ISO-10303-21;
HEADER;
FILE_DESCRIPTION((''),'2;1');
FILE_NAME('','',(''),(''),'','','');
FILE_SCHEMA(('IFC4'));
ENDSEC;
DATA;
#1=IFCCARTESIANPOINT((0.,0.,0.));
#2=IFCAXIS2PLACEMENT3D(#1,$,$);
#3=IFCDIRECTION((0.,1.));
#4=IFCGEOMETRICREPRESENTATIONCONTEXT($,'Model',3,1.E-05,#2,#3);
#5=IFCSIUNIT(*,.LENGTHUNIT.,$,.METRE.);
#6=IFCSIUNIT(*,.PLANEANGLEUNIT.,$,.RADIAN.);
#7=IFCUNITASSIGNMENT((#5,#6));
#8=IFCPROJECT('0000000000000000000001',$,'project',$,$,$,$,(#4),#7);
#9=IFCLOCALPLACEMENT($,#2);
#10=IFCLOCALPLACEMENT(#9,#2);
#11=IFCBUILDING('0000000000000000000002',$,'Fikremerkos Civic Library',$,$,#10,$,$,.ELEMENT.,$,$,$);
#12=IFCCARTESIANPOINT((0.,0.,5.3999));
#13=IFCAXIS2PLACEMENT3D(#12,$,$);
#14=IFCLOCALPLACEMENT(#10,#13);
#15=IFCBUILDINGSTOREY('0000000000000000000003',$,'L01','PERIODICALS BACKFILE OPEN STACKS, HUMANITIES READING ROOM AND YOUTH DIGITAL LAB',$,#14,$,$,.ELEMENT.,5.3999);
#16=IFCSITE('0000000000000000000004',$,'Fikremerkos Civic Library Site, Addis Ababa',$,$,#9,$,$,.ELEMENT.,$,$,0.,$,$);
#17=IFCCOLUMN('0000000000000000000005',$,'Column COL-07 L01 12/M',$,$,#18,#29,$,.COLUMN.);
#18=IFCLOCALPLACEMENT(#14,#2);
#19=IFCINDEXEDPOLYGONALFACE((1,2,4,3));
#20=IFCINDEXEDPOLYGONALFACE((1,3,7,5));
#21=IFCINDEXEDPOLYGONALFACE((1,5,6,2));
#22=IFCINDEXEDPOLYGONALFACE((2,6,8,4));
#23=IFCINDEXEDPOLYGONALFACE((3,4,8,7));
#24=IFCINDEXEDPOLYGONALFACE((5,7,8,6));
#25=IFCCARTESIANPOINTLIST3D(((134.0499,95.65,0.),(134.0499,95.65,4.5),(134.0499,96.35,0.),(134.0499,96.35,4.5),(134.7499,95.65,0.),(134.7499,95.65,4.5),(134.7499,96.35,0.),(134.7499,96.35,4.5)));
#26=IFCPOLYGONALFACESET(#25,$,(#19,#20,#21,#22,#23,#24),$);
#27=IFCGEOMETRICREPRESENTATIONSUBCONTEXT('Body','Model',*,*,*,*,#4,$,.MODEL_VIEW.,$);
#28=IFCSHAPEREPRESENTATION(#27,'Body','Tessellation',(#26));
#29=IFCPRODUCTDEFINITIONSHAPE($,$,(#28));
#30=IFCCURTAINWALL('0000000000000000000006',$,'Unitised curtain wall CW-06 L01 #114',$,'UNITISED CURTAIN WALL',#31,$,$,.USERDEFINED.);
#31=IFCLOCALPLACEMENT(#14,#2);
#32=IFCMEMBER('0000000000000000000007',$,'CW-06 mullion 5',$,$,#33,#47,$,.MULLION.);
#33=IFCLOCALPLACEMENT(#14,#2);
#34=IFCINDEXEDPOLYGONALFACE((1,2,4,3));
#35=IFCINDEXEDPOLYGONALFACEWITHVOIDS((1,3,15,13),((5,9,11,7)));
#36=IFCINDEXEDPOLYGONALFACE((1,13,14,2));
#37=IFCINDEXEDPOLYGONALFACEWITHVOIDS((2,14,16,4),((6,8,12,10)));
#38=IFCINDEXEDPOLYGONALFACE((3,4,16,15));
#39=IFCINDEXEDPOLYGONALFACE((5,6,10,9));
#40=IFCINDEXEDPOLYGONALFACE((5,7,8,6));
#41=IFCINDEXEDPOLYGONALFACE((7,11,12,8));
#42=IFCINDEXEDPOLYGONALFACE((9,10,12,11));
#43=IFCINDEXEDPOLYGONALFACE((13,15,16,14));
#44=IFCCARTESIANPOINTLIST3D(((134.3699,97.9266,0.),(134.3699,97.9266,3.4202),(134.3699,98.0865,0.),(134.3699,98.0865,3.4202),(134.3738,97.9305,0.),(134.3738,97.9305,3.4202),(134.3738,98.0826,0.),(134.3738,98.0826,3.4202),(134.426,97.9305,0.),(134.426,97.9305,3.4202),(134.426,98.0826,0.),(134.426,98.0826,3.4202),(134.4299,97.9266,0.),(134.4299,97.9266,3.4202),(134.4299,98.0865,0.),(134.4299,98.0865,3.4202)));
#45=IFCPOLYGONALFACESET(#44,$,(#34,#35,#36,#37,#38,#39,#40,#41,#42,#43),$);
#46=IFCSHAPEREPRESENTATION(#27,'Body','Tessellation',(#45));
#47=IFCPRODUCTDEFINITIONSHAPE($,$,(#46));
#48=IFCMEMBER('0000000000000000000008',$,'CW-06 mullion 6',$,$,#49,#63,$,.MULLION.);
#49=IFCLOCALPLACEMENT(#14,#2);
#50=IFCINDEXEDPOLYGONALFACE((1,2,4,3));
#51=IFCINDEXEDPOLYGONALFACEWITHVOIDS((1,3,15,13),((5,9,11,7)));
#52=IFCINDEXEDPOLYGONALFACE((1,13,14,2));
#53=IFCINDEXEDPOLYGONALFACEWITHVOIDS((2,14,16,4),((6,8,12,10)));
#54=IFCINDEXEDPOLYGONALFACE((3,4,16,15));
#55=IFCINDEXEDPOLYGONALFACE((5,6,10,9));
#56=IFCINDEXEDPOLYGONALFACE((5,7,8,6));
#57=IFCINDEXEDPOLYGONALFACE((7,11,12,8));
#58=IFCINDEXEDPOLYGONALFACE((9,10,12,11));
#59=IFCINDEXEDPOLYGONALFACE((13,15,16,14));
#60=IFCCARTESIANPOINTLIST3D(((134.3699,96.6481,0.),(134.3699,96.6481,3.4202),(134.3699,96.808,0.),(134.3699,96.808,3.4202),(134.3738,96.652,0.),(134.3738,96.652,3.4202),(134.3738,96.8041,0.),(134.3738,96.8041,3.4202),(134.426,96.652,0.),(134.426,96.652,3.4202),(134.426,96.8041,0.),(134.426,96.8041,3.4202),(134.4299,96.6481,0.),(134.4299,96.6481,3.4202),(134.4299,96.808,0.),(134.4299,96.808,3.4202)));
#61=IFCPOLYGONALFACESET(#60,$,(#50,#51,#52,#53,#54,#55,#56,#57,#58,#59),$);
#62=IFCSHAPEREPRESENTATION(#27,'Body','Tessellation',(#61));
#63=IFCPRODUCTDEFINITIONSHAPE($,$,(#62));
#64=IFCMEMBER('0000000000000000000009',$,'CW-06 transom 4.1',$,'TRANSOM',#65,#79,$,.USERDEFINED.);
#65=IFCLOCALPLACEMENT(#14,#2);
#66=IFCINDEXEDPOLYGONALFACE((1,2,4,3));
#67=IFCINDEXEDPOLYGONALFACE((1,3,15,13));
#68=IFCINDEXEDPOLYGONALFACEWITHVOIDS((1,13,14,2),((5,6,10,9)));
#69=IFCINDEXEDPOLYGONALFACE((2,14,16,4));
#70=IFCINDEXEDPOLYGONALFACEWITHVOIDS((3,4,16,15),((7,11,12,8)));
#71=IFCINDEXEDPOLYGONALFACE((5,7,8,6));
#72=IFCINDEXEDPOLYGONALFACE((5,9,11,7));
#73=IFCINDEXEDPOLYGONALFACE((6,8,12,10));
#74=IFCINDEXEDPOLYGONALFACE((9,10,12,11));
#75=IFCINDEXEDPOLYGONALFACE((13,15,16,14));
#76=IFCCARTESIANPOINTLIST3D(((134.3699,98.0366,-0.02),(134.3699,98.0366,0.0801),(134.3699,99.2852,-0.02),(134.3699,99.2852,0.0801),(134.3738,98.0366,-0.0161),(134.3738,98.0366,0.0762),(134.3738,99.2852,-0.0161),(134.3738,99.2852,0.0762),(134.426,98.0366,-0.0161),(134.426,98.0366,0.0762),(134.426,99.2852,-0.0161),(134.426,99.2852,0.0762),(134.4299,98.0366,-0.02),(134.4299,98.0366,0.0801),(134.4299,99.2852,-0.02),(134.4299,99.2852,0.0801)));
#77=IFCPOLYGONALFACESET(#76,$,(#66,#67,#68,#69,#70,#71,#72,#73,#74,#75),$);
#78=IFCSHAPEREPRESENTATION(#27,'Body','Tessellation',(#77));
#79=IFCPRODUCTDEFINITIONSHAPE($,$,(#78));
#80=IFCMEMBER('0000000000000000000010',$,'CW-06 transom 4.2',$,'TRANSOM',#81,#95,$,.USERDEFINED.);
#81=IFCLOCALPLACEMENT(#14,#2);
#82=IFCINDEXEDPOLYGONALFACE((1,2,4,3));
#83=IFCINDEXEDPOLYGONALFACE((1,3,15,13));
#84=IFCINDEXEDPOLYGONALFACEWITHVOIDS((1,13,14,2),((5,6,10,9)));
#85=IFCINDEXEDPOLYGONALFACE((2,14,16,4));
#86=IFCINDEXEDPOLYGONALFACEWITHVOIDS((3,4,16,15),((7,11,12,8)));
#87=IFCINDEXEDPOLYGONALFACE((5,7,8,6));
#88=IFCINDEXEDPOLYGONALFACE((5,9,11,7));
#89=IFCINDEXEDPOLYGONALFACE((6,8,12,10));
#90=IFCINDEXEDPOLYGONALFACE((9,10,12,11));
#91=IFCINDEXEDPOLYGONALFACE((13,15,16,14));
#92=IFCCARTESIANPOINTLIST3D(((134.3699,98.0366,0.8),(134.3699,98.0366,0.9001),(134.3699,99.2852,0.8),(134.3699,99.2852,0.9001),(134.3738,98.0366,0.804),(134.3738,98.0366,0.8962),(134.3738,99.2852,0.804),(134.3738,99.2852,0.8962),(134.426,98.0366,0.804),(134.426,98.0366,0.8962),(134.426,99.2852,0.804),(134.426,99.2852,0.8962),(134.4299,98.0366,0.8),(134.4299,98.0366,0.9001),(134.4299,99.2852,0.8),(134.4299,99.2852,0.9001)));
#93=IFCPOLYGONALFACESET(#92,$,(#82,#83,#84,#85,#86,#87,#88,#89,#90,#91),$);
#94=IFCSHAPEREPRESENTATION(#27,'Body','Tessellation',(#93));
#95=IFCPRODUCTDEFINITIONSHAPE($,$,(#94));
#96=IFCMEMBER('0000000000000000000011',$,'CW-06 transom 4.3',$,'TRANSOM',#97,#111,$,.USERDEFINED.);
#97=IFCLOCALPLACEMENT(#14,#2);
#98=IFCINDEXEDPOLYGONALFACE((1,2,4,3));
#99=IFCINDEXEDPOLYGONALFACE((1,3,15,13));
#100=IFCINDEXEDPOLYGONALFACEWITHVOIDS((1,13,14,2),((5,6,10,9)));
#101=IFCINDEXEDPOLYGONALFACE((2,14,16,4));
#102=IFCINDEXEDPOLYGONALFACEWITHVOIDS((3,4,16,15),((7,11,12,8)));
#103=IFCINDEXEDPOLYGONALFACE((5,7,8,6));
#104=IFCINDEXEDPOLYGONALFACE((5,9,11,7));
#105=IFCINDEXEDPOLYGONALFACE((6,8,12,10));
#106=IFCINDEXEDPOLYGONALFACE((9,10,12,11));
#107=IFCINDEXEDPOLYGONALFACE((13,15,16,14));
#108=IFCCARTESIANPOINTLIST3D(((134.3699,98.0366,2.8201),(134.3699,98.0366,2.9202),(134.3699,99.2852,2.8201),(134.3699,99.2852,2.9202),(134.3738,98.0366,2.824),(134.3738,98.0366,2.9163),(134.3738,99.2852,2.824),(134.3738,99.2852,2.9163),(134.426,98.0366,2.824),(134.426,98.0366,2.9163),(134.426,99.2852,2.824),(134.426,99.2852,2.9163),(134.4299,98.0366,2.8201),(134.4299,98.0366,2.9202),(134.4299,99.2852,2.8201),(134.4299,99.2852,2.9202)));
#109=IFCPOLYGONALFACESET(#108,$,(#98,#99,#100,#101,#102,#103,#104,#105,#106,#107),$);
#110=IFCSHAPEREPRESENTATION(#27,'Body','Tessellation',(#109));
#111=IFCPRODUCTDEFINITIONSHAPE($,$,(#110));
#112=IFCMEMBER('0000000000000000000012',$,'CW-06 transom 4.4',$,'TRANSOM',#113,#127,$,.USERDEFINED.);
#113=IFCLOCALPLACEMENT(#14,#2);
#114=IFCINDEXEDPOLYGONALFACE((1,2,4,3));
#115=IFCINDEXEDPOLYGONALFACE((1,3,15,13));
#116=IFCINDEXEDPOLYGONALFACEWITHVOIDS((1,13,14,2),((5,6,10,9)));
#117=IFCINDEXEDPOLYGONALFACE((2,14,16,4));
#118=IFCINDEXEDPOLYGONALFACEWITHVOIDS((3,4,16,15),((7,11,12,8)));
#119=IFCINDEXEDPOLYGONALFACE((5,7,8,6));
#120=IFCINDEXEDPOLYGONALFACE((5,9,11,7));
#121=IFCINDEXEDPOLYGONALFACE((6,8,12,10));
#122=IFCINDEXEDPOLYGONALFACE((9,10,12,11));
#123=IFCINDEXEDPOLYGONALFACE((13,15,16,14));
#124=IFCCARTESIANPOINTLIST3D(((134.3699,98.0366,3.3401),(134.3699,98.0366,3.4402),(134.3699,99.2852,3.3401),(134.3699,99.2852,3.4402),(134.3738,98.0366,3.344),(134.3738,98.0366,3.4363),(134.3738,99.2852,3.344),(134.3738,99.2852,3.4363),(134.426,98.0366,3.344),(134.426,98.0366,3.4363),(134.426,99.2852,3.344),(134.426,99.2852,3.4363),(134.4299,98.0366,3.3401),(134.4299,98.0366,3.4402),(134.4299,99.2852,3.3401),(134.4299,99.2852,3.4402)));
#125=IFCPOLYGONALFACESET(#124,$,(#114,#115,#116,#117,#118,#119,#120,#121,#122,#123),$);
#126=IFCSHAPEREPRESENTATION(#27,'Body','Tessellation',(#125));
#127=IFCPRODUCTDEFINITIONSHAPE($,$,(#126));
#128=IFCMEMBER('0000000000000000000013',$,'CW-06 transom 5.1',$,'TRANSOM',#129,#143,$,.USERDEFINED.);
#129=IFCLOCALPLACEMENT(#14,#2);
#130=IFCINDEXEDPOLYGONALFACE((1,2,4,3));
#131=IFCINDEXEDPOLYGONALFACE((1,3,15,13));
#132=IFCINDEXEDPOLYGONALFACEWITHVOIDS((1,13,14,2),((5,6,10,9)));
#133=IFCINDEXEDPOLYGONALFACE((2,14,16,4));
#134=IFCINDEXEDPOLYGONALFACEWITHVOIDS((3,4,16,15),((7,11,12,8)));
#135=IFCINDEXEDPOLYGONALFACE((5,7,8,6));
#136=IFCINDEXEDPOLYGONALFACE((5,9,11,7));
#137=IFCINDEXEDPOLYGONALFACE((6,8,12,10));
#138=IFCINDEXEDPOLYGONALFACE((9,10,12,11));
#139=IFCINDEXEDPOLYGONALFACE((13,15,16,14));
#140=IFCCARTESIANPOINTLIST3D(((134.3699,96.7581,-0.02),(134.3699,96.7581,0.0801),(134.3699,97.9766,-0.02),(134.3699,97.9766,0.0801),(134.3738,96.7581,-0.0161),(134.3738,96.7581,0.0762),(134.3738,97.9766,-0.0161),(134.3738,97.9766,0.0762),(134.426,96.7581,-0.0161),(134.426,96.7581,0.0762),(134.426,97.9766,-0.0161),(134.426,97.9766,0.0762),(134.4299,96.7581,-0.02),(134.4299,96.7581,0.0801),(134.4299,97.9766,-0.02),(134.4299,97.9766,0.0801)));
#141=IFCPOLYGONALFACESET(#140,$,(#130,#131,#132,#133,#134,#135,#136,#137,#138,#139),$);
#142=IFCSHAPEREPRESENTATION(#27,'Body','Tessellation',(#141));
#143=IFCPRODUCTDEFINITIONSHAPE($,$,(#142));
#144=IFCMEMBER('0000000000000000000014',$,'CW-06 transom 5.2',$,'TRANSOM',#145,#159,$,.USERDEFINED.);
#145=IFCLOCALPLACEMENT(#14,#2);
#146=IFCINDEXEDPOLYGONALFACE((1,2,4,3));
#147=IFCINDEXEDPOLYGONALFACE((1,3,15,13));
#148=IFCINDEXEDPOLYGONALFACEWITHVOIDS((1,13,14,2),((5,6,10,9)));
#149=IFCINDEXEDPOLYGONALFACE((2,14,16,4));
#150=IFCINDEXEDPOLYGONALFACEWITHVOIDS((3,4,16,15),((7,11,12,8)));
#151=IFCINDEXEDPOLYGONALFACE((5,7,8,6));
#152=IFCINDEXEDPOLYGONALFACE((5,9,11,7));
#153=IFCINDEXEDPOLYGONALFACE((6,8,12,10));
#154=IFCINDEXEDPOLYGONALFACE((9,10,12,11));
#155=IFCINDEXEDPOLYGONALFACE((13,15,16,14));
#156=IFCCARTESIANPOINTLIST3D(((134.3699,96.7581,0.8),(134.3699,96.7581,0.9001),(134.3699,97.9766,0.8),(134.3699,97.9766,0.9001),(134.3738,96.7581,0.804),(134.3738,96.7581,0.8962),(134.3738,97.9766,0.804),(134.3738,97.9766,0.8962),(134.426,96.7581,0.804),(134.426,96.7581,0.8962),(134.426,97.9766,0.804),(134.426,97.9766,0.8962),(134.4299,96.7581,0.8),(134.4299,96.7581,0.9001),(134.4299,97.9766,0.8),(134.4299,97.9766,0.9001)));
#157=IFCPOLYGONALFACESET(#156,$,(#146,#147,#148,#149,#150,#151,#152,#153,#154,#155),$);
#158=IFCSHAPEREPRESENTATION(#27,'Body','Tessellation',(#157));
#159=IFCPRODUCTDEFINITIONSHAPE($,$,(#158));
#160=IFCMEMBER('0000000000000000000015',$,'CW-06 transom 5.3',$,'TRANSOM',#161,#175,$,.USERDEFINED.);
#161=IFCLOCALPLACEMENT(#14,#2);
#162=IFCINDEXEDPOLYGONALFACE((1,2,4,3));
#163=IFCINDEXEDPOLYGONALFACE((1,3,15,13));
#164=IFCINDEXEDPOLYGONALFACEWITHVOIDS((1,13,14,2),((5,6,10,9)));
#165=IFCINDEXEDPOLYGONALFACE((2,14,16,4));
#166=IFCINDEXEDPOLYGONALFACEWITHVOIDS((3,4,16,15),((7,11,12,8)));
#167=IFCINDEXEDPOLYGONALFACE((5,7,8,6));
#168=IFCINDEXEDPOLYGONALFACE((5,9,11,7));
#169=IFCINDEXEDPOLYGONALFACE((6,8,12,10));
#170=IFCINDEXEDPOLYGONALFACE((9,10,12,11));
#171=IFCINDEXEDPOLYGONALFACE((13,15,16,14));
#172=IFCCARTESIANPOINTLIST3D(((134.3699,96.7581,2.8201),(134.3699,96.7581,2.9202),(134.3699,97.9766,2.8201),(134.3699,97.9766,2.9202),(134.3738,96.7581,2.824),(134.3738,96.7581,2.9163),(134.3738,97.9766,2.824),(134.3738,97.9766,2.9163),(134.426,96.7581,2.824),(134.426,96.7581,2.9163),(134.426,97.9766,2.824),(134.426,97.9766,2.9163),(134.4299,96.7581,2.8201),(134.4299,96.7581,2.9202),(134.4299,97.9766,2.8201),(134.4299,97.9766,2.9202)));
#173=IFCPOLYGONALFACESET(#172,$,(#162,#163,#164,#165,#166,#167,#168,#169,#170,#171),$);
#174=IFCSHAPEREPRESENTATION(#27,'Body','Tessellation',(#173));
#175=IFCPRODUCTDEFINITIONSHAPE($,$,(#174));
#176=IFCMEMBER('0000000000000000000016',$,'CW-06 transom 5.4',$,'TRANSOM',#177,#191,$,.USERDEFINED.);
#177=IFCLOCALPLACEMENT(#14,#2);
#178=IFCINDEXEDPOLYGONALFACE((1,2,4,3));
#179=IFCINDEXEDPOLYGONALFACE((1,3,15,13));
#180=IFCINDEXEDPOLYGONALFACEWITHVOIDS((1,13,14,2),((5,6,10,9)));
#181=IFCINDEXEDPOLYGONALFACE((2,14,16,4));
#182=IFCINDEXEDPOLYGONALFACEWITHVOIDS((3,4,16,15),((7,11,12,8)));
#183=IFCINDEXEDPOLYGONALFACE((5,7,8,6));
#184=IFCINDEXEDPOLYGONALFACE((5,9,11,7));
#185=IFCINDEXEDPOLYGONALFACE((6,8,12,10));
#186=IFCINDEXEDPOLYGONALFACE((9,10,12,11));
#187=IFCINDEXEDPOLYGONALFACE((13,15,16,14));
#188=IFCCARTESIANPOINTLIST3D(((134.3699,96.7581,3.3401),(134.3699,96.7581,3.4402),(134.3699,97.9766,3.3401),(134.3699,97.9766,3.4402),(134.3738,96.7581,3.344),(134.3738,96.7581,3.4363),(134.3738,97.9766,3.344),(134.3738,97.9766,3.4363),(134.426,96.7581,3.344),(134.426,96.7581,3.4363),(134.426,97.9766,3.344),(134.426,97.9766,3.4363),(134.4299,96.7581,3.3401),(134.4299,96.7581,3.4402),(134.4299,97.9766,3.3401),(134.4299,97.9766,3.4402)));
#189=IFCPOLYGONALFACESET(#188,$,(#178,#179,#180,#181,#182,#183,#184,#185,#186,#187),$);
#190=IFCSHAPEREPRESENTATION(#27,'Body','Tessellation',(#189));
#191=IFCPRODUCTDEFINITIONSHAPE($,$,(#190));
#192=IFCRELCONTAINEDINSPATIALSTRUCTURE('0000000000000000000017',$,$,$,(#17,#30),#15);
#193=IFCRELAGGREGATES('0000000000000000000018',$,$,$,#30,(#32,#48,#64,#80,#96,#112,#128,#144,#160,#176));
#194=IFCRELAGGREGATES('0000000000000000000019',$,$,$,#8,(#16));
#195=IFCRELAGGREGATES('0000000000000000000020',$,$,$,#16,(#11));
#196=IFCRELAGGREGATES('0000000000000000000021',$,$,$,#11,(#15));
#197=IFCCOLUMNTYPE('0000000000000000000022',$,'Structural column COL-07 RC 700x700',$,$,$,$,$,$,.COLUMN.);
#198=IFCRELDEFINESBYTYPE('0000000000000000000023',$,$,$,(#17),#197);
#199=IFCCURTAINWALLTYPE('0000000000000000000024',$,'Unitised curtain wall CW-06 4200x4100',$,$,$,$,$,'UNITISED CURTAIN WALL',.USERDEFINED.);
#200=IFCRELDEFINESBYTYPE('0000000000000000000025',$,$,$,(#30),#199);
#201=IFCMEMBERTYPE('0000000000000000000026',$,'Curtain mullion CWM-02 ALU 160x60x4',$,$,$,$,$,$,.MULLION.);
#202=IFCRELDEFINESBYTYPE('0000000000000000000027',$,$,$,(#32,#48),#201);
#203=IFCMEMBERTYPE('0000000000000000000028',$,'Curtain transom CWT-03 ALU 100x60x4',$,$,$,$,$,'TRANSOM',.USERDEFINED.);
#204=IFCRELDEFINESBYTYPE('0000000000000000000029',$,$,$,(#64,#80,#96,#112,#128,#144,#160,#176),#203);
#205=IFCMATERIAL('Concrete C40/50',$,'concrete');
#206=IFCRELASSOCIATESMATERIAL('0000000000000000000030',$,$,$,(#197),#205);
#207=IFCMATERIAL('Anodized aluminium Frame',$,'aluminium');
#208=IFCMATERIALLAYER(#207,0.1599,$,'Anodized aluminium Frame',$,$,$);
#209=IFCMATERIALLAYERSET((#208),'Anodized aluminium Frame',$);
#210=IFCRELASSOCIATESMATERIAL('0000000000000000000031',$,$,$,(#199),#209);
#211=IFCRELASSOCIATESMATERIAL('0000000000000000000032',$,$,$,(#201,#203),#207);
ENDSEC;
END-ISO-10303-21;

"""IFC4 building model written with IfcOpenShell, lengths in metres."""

from ifc_helpers import new_model, si_unit, direction, frame, origin, origin_2d, place, context, subcontext, project, spatial, rectangle, hollow_rectangle, extrude, material, layer, layer_set, material_profile, profile_set, type_object, element, aggregate, save


model = new_model("IFC4")

# Units and contexts
model_context = context("Model", 3, precision=1e-05, world=origin(), true_north=direction((0.0, 1.0)))
body_context = subcontext(model_context, "Body", "Model", "MODEL_VIEW")
ifc_project = project(units=[si_unit("LENGTHUNIT", "METRE"), si_unit("PLANEANGLEUNIT", "RADIAN")], contexts=[model_context])

# Site, building, storey
site_placement = place(None, origin())
site = spatial("IfcSite", under=ifc_project, at=site_placement, Name="Fikremerkos Civic Library Site, Addis Ababa", CompositionType="ELEMENT", RefElevation=0.0)
building_placement = place(site_placement, origin())
building = spatial("IfcBuilding", under=site, at=building_placement, Name="Fikremerkos Civic Library", CompositionType="ELEMENT")
storey_placement = place(building_placement, frame((0.0, 0.0, 5.3999)))
storey = spatial("IfcBuildingStorey", under=building, at=storey_placement, Name="L01", Description="PERIODICALS BACKFILE OPEN STACKS, HUMANITIES READING ROOM AND YOUTH DIGITAL LAB", CompositionType="ELEMENT", Elevation=5.3999)

# Column
ifc_material_1 = material(Name="Concrete C40/50", Category="concrete")
ifc_material_profile_1 = material_profile(ifc_material_1, rectangle(XDim=0.7, YDim=0.7, at=origin_2d()), Name="RC 700x700")
ifc_profile_set_1 = profile_set([ifc_material_profile_1], Name="Concrete C40/50")
column_type = type_object("IfcColumnType", Name="Structural column COL-07 RC 700x700", PredefinedType="COLUMN", material=ifc_profile_set_1)
column_placement = place(storey_placement, frame((134.3999, 96.0, 0.0), z_axis=(0.0, 0.0, 1.0), x_axis=(1.0, 0.0, 0.0)))
element("IfcColumn", 1, at=column_placement, inside=storey, type_object=column_type, Name="Column COL-07 L01 12/M", PredefinedType="COLUMN", context=body_context, shape_type="SweptSolid", body=[
    extrude(rectangle(XDim=0.7, YDim=0.7, at=origin_2d()), origin(), (0.0, 0.0, 1.0), 4.5),
])

# Curtain wall, members
ifc_material_2 = material(Name="Anodized aluminium Frame", Category="aluminium")
ifc_layer_1 = layer(ifc_material_2, 0.1599, Name="Anodized aluminium Frame")
ifc_layer_set_1 = layer_set([ifc_layer_1], Name="Anodized aluminium Frame")
curtain_wall_type = type_object("IfcCurtainWallType", Name="Unitised curtain wall CW-06 4200x4100", ElementType="UNITISED CURTAIN WALL", PredefinedType="USERDEFINED", material=ifc_layer_set_1)
curtain_wall_placement = place(storey_placement, origin())
curtain_wall = element("IfcCurtainWall", 2, at=curtain_wall_placement, inside=storey, type_object=curtain_wall_type, Name="Unitised curtain wall CW-06 L01 #114", ObjectType="UNITISED CURTAIN WALL", PredefinedType="USERDEFINED")
ifc_material_profile_2 = material_profile(ifc_material_2, hollow_rectangle(XDim=0.0601, YDim=0.1599, WallThickness=0.0039, at=origin_2d()), Name="ALU 160x60x4")
ifc_profile_set_2 = profile_set([ifc_material_profile_2], Name="Anodized aluminium Frame")
member_type_1 = type_object("IfcMemberType", Name="Curtain mullion CWM-02 ALU 160x60x4", PredefinedType="MULLION", material=ifc_profile_set_2)
member_1_placement = place(storey_placement, frame((134.3999, 98.0066, 0.0), z_axis=(0.0, 0.0, 1.0), x_axis=(1.0, 0.0, 0.0)))
member_1 = element("IfcMember", 3, at=member_1_placement, type_object=member_type_1, Name="CW-06 mullion 5", PredefinedType="MULLION", context=body_context, shape_type="SweptSolid", body=[
    extrude(hollow_rectangle(XDim=0.0601, YDim=0.1599, WallThickness=0.0039, at=origin_2d()), origin(), (0.0, 0.0, 1.0), 3.4202),
])
member_2_placement = place(storey_placement, frame((134.3999, 96.728, 0.0), z_axis=(0.0, 0.0, 1.0), x_axis=(1.0, 0.0, 0.0)))
member_2 = element("IfcMember", 4, at=member_2_placement, type_object=member_type_1, Name="CW-06 mullion 6", PredefinedType="MULLION", context=body_context, shape_type="SweptSolid", body=[
    extrude(hollow_rectangle(XDim=0.0601, YDim=0.1599, WallThickness=0.0039, at=origin_2d()), origin(), (0.0, 0.0, 1.0), 3.4202),
])
ifc_material_profile_3 = material_profile(ifc_material_2, hollow_rectangle(XDim=0.0601, YDim=0.1001, WallThickness=0.0039, at=origin_2d()), Name="ALU 100x60x4")
ifc_profile_set_3 = profile_set([ifc_material_profile_3], Name="Anodized aluminium Frame")
member_type_2 = type_object("IfcMemberType", Name="Curtain transom CWT-03 ALU 100x60x4", ElementType="TRANSOM", PredefinedType="USERDEFINED", material=ifc_profile_set_3)
member_3_placement = place(storey_placement, frame((134.3999, 99.2852, 0.03), z_axis=(0.0, -1.0, 0.0), x_axis=(1.0, 0.0, 0.0)))
member_3 = element("IfcMember", 5, at=member_3_placement, type_object=member_type_2, Name="CW-06 transom 4.1", ObjectType="TRANSOM", PredefinedType="USERDEFINED", context=body_context, shape_type="SweptSolid", body=[
    extrude(hollow_rectangle(XDim=0.0601, YDim=0.1001, WallThickness=0.0039, at=origin_2d()), origin(), (0.0, 0.0, 1.0), 1.2485),
])
member_4_placement = place(storey_placement, frame((134.3999, 99.2852, 0.8501), z_axis=(0.0, -1.0, 0.0), x_axis=(1.0, 0.0, 0.0)))
member_4 = element("IfcMember", 6, at=member_4_placement, type_object=member_type_2, Name="CW-06 transom 4.2", ObjectType="TRANSOM", PredefinedType="USERDEFINED", context=body_context, shape_type="SweptSolid", body=[
    extrude(hollow_rectangle(XDim=0.0601, YDim=0.1001, WallThickness=0.0039, at=origin_2d()), origin(), (0.0, 0.0, 1.0), 1.2485),
])
member_5_placement = place(storey_placement, frame((134.3999, 99.2852, 2.8701), z_axis=(0.0, -1.0, 0.0), x_axis=(1.0, 0.0, 0.0)))
member_5 = element("IfcMember", 7, at=member_5_placement, type_object=member_type_2, Name="CW-06 transom 4.3", ObjectType="TRANSOM", PredefinedType="USERDEFINED", context=body_context, shape_type="SweptSolid", body=[
    extrude(hollow_rectangle(XDim=0.0601, YDim=0.1001, WallThickness=0.0039, at=origin_2d()), origin(), (0.0, 0.0, 1.0), 1.2485),
])
member_6_placement = place(storey_placement, frame((134.3999, 99.2852, 3.3901), z_axis=(0.0, -1.0, 0.0), x_axis=(1.0, 0.0, 0.0)))
member_6 = element("IfcMember", 8, at=member_6_placement, type_object=member_type_2, Name="CW-06 transom 4.4", ObjectType="TRANSOM", PredefinedType="USERDEFINED", context=body_context, shape_type="SweptSolid", body=[
    extrude(hollow_rectangle(XDim=0.0601, YDim=0.1001, WallThickness=0.0039, at=origin_2d()), origin(), (0.0, 0.0, 1.0), 1.2485),
])
member_7_placement = place(storey_placement, frame((134.3999, 97.9766, 0.03), z_axis=(0.0, -1.0, 0.0), x_axis=(1.0, 0.0, 0.0)))
member_7 = element("IfcMember", 9, at=member_7_placement, type_object=member_type_2, Name="CW-06 transom 5.1", ObjectType="TRANSOM", PredefinedType="USERDEFINED", context=body_context, shape_type="SweptSolid", body=[
    extrude(hollow_rectangle(XDim=0.0601, YDim=0.1001, WallThickness=0.0039, at=origin_2d()), origin(), (0.0, 0.0, 1.0), 1.2185),
])
member_8_placement = place(storey_placement, frame((134.3999, 97.9766, 0.8501), z_axis=(0.0, -1.0, 0.0), x_axis=(1.0, 0.0, 0.0)))
member_8 = element("IfcMember", 10, at=member_8_placement, type_object=member_type_2, Name="CW-06 transom 5.2", ObjectType="TRANSOM", PredefinedType="USERDEFINED", context=body_context, shape_type="SweptSolid", body=[
    extrude(hollow_rectangle(XDim=0.0601, YDim=0.1001, WallThickness=0.0039, at=origin_2d()), origin(), (0.0, 0.0, 1.0), 1.2185),
])
member_9_placement = place(storey_placement, frame((134.3999, 97.9766, 2.8701), z_axis=(0.0, -1.0, 0.0), x_axis=(1.0, 0.0, 0.0)))
member_9 = element("IfcMember", 11, at=member_9_placement, type_object=member_type_2, Name="CW-06 transom 5.3", ObjectType="TRANSOM", PredefinedType="USERDEFINED", context=body_context, shape_type="SweptSolid", body=[
    extrude(hollow_rectangle(XDim=0.0601, YDim=0.1001, WallThickness=0.0039, at=origin_2d()), origin(), (0.0, 0.0, 1.0), 1.2185),
])
member_10_placement = place(storey_placement, frame((134.3999, 97.9766, 3.3901), z_axis=(0.0, -1.0, 0.0), x_axis=(1.0, 0.0, 0.0)))
member_10 = element("IfcMember", 12, at=member_10_placement, type_object=member_type_2, Name="CW-06 transom 5.4", ObjectType="TRANSOM", PredefinedType="USERDEFINED", context=body_context, shape_type="SweptSolid", body=[
    extrude(hollow_rectangle(XDim=0.0601, YDim=0.1001, WallThickness=0.0039, at=origin_2d()), origin(), (0.0, 0.0, 1.0), 1.2185),
])

aggregate(curtain_wall, [member_1, member_2, member_3, member_4, member_5, member_6, member_7, member_8, member_9, member_10])

save(model, "model.ifc")
